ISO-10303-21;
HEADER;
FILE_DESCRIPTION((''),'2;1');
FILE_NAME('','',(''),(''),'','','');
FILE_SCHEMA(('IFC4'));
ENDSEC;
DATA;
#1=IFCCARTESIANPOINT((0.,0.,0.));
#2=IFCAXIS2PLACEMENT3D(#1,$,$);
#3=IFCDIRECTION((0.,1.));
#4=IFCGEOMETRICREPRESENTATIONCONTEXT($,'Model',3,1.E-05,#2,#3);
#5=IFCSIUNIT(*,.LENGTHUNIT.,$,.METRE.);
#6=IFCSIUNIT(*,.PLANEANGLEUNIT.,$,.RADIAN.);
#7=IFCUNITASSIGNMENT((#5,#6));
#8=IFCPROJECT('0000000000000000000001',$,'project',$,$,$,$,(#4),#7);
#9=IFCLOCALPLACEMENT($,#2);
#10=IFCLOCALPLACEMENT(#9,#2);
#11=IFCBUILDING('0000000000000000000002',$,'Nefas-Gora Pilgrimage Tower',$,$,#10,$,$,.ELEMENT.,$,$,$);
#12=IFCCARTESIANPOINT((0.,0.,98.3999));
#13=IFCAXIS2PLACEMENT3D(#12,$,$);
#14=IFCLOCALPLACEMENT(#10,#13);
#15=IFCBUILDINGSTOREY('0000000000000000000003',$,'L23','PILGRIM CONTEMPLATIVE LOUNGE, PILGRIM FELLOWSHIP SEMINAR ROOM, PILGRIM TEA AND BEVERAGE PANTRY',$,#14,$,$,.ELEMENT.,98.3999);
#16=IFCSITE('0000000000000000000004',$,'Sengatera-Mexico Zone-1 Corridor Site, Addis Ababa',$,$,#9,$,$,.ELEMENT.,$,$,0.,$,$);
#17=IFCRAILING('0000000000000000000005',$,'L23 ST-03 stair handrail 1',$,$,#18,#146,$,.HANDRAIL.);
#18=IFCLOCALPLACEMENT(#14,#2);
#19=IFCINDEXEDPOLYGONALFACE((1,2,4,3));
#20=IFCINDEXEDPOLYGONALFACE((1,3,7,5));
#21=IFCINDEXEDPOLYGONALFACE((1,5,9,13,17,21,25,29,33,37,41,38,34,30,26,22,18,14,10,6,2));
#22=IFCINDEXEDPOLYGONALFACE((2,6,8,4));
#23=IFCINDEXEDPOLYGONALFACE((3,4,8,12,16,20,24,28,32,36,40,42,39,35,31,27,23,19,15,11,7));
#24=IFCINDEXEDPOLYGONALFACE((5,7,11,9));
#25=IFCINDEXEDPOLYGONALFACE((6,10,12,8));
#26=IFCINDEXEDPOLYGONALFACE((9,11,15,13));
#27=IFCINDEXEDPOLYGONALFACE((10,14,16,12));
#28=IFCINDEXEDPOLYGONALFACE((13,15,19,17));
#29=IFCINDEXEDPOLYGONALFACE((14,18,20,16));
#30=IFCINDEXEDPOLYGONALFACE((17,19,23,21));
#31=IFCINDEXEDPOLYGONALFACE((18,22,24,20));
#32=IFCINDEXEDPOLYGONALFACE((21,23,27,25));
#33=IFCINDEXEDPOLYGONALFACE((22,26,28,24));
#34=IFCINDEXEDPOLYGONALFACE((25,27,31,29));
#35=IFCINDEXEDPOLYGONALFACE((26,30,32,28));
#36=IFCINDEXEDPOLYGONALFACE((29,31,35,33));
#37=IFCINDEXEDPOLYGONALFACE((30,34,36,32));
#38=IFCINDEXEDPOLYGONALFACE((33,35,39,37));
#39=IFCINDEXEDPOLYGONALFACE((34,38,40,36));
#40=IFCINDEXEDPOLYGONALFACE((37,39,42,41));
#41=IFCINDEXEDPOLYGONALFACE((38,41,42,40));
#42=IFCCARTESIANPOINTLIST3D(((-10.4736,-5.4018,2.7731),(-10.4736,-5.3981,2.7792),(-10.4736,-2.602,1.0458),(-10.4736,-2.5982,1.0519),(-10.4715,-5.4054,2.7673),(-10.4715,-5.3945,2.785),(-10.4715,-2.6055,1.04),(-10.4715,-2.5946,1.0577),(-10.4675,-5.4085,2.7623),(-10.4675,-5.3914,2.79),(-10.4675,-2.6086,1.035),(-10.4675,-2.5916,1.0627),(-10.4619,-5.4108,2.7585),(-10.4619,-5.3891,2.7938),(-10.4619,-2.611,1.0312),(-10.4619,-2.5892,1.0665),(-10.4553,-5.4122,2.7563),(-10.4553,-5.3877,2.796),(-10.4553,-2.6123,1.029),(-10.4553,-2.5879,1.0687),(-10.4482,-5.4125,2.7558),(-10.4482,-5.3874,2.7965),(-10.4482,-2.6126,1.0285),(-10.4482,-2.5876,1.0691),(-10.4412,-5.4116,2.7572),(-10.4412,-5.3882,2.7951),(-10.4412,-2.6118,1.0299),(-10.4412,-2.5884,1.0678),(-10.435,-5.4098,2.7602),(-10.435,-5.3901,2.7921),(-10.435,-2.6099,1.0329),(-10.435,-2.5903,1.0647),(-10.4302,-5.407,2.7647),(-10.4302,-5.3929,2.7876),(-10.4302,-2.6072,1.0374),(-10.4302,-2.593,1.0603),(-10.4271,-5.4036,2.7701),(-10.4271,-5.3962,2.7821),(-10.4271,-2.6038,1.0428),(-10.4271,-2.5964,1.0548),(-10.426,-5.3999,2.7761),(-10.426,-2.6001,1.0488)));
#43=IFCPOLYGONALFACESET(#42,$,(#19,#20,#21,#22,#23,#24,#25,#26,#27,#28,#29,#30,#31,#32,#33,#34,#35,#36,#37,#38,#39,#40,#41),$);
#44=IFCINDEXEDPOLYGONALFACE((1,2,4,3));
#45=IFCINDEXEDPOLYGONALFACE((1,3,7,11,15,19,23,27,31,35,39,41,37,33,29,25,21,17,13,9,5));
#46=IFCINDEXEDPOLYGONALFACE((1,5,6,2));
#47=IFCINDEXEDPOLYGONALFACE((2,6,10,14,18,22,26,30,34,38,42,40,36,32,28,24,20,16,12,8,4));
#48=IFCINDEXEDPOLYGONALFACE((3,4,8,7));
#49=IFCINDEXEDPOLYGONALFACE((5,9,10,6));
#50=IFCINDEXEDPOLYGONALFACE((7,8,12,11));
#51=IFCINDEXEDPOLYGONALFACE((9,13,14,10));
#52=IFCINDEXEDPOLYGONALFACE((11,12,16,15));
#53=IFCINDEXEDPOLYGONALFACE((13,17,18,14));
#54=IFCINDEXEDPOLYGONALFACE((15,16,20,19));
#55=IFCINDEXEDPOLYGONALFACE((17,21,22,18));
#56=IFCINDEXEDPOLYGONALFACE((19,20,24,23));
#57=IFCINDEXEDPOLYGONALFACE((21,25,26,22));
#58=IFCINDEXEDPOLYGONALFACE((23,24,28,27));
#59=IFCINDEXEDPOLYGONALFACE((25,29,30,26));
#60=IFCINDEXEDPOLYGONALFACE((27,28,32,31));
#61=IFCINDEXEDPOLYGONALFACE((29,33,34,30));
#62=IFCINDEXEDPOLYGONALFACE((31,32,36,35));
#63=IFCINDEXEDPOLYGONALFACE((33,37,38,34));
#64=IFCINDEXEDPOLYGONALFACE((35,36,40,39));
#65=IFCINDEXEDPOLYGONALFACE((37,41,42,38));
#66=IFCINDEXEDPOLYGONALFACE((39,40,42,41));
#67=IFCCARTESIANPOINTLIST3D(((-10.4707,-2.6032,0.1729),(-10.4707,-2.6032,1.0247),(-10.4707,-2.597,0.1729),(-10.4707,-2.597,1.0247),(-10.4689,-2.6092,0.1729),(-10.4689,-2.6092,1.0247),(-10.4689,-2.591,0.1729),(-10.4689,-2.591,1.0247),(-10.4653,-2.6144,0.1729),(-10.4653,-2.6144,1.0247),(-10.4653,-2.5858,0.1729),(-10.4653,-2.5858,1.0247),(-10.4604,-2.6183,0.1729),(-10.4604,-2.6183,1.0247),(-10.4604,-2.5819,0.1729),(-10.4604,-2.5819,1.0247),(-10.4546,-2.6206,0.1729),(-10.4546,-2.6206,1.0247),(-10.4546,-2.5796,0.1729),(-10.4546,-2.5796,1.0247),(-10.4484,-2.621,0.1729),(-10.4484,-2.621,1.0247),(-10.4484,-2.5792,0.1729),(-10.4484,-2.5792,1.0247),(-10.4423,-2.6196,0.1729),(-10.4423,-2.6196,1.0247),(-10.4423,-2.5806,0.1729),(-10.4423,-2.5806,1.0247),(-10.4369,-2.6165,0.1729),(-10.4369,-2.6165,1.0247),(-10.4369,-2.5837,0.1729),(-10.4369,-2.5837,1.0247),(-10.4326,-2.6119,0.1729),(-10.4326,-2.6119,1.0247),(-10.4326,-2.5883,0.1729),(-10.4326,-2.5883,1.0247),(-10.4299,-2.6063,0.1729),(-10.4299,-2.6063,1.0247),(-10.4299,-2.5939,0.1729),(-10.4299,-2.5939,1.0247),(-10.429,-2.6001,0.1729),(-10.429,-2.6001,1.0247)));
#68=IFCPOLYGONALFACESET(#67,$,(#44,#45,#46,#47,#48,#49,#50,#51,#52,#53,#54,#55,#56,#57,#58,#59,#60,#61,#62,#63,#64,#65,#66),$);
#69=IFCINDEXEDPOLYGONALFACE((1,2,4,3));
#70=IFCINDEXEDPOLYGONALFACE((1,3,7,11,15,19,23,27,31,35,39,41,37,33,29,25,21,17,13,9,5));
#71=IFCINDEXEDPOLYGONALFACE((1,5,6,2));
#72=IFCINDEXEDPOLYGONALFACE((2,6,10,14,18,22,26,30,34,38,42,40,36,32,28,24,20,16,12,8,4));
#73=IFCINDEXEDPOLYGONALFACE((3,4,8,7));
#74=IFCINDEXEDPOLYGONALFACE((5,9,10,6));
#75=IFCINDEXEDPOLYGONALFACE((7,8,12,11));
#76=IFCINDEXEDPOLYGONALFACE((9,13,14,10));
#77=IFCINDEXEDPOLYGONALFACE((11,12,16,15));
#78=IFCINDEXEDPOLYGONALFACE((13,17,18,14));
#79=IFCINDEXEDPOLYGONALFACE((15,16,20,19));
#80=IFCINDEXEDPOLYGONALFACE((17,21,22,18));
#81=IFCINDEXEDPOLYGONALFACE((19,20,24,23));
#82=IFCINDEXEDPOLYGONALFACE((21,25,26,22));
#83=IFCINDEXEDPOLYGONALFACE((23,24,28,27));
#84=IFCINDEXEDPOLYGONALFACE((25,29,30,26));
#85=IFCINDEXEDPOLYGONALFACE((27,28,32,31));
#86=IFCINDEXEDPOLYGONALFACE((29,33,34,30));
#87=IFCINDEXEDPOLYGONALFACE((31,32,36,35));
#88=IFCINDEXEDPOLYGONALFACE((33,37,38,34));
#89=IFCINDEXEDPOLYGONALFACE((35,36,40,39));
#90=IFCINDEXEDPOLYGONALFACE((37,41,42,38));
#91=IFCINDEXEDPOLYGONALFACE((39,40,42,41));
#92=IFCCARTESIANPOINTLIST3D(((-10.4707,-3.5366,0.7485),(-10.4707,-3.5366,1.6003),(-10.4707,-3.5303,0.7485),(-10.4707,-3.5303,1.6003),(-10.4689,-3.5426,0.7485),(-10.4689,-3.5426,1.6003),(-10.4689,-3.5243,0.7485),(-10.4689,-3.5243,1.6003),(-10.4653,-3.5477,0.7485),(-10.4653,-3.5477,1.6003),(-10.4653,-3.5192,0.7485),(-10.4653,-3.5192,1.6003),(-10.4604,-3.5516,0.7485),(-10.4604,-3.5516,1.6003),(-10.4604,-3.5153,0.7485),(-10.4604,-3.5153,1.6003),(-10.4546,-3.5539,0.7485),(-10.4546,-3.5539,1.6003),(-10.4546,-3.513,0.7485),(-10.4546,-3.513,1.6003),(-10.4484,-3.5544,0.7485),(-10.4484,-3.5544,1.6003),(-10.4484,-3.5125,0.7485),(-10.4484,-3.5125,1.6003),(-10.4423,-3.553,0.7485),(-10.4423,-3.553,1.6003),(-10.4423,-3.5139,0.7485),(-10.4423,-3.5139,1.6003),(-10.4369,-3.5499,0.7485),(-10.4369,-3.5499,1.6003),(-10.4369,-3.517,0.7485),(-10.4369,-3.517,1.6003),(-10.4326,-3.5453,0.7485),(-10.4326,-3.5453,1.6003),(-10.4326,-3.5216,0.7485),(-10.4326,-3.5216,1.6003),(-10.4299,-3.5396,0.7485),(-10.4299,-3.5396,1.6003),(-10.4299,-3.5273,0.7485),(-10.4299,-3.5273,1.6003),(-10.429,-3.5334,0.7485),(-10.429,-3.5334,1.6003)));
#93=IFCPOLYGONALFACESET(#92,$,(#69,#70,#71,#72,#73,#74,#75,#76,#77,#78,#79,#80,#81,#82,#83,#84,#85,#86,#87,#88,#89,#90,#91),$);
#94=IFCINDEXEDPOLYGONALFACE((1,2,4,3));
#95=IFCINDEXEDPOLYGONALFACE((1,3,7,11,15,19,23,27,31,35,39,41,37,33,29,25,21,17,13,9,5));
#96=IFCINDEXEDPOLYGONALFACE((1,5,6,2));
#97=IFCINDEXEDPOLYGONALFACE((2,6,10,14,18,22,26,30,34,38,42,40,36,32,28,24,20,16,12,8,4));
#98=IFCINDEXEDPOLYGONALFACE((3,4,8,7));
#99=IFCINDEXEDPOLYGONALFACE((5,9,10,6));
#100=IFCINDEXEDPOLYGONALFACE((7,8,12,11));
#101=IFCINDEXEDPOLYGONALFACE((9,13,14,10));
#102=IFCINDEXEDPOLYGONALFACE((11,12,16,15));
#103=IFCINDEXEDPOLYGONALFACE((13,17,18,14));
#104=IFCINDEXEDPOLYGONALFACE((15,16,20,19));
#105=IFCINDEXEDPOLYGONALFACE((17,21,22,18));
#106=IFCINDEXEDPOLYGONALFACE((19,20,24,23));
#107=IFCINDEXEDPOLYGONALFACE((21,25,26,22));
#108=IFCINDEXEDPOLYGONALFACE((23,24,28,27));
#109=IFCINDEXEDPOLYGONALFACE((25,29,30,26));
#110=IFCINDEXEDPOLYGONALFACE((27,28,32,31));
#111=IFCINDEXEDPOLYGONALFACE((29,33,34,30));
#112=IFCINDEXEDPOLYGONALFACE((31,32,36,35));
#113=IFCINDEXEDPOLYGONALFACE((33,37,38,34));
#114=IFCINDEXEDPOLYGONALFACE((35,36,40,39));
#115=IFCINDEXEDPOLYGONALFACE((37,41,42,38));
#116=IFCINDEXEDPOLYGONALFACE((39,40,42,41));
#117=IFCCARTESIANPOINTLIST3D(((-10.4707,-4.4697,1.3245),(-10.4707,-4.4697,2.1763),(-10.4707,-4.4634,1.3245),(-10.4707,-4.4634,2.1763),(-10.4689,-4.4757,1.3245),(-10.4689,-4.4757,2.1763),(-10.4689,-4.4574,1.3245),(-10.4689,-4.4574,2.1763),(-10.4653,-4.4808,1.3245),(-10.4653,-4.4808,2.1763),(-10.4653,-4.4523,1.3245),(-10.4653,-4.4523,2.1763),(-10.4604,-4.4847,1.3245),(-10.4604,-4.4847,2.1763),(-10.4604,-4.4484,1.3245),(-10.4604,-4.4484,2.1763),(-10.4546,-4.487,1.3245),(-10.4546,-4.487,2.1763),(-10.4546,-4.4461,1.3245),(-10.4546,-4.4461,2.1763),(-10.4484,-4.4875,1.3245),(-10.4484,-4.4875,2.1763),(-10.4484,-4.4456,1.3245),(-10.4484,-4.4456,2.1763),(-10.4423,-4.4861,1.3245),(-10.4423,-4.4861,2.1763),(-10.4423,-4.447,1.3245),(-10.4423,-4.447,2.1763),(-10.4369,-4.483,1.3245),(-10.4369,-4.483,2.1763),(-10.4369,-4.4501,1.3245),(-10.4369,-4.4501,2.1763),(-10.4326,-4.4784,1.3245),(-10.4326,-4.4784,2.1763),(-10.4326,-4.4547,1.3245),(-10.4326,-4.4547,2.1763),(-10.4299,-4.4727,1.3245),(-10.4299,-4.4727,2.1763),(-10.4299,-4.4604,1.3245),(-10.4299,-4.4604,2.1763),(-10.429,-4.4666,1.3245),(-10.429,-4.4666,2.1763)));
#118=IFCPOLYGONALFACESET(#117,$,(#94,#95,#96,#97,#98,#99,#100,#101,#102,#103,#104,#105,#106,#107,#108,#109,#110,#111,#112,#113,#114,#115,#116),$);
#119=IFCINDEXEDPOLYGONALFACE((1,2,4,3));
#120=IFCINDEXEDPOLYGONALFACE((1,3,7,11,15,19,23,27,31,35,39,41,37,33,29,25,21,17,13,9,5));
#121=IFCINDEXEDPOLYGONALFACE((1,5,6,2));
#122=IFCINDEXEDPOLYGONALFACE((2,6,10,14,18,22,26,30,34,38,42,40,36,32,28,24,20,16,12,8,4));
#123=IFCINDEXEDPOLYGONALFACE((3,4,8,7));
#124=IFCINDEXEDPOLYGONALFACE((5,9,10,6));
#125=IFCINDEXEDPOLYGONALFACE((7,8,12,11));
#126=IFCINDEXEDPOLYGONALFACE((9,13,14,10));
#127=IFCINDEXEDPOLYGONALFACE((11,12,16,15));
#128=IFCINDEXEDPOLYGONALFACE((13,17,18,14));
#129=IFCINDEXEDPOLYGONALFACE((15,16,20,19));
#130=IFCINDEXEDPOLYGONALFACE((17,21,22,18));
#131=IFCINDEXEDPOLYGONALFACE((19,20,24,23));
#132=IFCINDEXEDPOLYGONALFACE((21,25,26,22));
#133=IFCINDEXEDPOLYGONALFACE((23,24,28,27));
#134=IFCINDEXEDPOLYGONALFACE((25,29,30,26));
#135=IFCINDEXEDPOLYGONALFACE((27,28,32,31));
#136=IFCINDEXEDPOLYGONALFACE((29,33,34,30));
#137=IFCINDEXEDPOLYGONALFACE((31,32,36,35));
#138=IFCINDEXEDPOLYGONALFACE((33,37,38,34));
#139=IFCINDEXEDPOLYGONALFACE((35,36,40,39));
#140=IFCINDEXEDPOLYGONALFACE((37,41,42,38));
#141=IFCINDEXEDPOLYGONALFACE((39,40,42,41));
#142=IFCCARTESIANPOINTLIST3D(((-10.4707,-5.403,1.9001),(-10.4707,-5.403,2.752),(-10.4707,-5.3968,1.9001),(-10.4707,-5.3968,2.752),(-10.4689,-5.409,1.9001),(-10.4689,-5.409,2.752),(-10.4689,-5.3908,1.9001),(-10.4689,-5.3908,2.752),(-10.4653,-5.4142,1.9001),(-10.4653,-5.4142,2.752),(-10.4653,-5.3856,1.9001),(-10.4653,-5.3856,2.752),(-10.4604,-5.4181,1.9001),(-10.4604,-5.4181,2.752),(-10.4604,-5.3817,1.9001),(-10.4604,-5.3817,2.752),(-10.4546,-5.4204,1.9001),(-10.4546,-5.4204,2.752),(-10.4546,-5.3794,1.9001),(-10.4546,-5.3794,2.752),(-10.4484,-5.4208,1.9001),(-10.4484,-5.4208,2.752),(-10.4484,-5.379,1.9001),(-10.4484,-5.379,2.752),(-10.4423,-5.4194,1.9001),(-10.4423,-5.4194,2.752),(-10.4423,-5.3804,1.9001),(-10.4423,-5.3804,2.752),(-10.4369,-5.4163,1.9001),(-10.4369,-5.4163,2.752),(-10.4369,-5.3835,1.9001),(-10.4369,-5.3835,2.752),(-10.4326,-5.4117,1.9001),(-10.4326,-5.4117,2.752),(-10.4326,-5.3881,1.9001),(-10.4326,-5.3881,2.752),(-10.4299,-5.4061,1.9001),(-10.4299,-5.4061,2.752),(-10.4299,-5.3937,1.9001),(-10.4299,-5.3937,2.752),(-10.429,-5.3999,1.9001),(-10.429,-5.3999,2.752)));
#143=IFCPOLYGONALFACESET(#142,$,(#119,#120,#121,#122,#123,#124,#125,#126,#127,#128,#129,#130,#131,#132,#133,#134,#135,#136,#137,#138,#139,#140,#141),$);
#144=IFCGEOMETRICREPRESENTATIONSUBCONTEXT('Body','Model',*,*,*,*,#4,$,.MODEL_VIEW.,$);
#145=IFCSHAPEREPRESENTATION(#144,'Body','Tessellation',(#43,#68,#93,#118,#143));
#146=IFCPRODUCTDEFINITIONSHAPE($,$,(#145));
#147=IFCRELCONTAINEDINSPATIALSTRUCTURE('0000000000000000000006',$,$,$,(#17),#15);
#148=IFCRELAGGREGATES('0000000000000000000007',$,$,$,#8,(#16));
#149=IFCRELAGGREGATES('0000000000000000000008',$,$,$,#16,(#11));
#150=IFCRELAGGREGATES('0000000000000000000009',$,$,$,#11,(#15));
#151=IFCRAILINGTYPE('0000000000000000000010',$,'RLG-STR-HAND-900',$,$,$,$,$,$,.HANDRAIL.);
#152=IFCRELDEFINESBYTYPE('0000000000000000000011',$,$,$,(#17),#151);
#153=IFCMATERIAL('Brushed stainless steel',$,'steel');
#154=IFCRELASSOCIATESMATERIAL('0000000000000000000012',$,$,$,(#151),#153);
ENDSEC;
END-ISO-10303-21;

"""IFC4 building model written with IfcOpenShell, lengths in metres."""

from ifc_helpers import new_model, si_unit, direction, frame, origin, origin_2d, place, context, subcontext, project, spatial, circle, extrude, material, type_object, element, save


model = new_model("IFC4")

# Units and contexts
model_context = context("Model", 3, precision=1e-05, world=origin(), true_north=direction((0.0, 1.0)))
body_context = subcontext(model_context, "Body", "Model", "MODEL_VIEW")
ifc_project = project(units=[si_unit("LENGTHUNIT", "METRE"), si_unit("PLANEANGLEUNIT", "RADIAN")], contexts=[model_context])

# Site, building, storey
site_placement = place(None, origin())
site = spatial("IfcSite", under=ifc_project, at=site_placement, Name="Sengatera-Mexico Zone-1 Corridor Site, Addis Ababa", CompositionType="ELEMENT", RefElevation=0.0)
building_placement = place(site_placement, origin())
building = spatial("IfcBuilding", under=site, at=building_placement, Name="Nefas-Gora Pilgrimage Tower", CompositionType="ELEMENT")
storey_placement = place(building_placement, frame((0.0, 0.0, 98.3999)))
storey = spatial("IfcBuildingStorey", under=building, at=storey_placement, Name="L23", Description="PILGRIM CONTEMPLATIVE LOUNGE, PILGRIM FELLOWSHIP SEMINAR ROOM, PILGRIM TEA AND BEVERAGE PANTRY", CompositionType="ELEMENT", Elevation=98.3999)

# Railing
ifc_material_1 = material(Name="Brushed stainless steel", Category="steel")
railing_type_1 = type_object("IfcRailingType", Name="RLG-STR-HAND-900", PredefinedType="HANDRAIL", material=ifc_material_1)
railing_1_placement = place(storey_placement, frame((-10.45, -2.6001, 0.1729)))
element("IfcRailing", 1, at=railing_1_placement, inside=storey, type_object=railing_type_1, Name="L23 ST-03 stair handrail 1", PredefinedType="HANDRAIL", context=body_context, shape_type="SweptSolid", body=[
    extrude(circle(Radius=0.0239, at=origin_2d()), frame((0.0, 0.0, 0.876), z_axis=(0.0, -0.851069, 0.525054), x_axis=(1.0, 0.0, 0.0)), (0.0, 0.0, 1.0), 3.2898),
    extrude(circle(Radius=0.021, at=origin_2d()), origin(), (0.0, 0.0, 1.0), 0.8518),
    extrude(circle(Radius=0.021, at=origin_2d()), frame((0.0, -0.9333, 0.5757)), (0.0, 0.0, 1.0), 0.8518),
    extrude(circle(Radius=0.021, at=origin_2d()), frame((0.0, -1.8665, 1.1516)), (0.0, 0.0, 1.0), 0.8518),
    extrude(circle(Radius=0.021, at=origin_2d()), frame((0.0, -2.7998, 1.7273)), (0.0, 0.0, 1.0), 0.8518),
])

save(model, "model.ifc")
